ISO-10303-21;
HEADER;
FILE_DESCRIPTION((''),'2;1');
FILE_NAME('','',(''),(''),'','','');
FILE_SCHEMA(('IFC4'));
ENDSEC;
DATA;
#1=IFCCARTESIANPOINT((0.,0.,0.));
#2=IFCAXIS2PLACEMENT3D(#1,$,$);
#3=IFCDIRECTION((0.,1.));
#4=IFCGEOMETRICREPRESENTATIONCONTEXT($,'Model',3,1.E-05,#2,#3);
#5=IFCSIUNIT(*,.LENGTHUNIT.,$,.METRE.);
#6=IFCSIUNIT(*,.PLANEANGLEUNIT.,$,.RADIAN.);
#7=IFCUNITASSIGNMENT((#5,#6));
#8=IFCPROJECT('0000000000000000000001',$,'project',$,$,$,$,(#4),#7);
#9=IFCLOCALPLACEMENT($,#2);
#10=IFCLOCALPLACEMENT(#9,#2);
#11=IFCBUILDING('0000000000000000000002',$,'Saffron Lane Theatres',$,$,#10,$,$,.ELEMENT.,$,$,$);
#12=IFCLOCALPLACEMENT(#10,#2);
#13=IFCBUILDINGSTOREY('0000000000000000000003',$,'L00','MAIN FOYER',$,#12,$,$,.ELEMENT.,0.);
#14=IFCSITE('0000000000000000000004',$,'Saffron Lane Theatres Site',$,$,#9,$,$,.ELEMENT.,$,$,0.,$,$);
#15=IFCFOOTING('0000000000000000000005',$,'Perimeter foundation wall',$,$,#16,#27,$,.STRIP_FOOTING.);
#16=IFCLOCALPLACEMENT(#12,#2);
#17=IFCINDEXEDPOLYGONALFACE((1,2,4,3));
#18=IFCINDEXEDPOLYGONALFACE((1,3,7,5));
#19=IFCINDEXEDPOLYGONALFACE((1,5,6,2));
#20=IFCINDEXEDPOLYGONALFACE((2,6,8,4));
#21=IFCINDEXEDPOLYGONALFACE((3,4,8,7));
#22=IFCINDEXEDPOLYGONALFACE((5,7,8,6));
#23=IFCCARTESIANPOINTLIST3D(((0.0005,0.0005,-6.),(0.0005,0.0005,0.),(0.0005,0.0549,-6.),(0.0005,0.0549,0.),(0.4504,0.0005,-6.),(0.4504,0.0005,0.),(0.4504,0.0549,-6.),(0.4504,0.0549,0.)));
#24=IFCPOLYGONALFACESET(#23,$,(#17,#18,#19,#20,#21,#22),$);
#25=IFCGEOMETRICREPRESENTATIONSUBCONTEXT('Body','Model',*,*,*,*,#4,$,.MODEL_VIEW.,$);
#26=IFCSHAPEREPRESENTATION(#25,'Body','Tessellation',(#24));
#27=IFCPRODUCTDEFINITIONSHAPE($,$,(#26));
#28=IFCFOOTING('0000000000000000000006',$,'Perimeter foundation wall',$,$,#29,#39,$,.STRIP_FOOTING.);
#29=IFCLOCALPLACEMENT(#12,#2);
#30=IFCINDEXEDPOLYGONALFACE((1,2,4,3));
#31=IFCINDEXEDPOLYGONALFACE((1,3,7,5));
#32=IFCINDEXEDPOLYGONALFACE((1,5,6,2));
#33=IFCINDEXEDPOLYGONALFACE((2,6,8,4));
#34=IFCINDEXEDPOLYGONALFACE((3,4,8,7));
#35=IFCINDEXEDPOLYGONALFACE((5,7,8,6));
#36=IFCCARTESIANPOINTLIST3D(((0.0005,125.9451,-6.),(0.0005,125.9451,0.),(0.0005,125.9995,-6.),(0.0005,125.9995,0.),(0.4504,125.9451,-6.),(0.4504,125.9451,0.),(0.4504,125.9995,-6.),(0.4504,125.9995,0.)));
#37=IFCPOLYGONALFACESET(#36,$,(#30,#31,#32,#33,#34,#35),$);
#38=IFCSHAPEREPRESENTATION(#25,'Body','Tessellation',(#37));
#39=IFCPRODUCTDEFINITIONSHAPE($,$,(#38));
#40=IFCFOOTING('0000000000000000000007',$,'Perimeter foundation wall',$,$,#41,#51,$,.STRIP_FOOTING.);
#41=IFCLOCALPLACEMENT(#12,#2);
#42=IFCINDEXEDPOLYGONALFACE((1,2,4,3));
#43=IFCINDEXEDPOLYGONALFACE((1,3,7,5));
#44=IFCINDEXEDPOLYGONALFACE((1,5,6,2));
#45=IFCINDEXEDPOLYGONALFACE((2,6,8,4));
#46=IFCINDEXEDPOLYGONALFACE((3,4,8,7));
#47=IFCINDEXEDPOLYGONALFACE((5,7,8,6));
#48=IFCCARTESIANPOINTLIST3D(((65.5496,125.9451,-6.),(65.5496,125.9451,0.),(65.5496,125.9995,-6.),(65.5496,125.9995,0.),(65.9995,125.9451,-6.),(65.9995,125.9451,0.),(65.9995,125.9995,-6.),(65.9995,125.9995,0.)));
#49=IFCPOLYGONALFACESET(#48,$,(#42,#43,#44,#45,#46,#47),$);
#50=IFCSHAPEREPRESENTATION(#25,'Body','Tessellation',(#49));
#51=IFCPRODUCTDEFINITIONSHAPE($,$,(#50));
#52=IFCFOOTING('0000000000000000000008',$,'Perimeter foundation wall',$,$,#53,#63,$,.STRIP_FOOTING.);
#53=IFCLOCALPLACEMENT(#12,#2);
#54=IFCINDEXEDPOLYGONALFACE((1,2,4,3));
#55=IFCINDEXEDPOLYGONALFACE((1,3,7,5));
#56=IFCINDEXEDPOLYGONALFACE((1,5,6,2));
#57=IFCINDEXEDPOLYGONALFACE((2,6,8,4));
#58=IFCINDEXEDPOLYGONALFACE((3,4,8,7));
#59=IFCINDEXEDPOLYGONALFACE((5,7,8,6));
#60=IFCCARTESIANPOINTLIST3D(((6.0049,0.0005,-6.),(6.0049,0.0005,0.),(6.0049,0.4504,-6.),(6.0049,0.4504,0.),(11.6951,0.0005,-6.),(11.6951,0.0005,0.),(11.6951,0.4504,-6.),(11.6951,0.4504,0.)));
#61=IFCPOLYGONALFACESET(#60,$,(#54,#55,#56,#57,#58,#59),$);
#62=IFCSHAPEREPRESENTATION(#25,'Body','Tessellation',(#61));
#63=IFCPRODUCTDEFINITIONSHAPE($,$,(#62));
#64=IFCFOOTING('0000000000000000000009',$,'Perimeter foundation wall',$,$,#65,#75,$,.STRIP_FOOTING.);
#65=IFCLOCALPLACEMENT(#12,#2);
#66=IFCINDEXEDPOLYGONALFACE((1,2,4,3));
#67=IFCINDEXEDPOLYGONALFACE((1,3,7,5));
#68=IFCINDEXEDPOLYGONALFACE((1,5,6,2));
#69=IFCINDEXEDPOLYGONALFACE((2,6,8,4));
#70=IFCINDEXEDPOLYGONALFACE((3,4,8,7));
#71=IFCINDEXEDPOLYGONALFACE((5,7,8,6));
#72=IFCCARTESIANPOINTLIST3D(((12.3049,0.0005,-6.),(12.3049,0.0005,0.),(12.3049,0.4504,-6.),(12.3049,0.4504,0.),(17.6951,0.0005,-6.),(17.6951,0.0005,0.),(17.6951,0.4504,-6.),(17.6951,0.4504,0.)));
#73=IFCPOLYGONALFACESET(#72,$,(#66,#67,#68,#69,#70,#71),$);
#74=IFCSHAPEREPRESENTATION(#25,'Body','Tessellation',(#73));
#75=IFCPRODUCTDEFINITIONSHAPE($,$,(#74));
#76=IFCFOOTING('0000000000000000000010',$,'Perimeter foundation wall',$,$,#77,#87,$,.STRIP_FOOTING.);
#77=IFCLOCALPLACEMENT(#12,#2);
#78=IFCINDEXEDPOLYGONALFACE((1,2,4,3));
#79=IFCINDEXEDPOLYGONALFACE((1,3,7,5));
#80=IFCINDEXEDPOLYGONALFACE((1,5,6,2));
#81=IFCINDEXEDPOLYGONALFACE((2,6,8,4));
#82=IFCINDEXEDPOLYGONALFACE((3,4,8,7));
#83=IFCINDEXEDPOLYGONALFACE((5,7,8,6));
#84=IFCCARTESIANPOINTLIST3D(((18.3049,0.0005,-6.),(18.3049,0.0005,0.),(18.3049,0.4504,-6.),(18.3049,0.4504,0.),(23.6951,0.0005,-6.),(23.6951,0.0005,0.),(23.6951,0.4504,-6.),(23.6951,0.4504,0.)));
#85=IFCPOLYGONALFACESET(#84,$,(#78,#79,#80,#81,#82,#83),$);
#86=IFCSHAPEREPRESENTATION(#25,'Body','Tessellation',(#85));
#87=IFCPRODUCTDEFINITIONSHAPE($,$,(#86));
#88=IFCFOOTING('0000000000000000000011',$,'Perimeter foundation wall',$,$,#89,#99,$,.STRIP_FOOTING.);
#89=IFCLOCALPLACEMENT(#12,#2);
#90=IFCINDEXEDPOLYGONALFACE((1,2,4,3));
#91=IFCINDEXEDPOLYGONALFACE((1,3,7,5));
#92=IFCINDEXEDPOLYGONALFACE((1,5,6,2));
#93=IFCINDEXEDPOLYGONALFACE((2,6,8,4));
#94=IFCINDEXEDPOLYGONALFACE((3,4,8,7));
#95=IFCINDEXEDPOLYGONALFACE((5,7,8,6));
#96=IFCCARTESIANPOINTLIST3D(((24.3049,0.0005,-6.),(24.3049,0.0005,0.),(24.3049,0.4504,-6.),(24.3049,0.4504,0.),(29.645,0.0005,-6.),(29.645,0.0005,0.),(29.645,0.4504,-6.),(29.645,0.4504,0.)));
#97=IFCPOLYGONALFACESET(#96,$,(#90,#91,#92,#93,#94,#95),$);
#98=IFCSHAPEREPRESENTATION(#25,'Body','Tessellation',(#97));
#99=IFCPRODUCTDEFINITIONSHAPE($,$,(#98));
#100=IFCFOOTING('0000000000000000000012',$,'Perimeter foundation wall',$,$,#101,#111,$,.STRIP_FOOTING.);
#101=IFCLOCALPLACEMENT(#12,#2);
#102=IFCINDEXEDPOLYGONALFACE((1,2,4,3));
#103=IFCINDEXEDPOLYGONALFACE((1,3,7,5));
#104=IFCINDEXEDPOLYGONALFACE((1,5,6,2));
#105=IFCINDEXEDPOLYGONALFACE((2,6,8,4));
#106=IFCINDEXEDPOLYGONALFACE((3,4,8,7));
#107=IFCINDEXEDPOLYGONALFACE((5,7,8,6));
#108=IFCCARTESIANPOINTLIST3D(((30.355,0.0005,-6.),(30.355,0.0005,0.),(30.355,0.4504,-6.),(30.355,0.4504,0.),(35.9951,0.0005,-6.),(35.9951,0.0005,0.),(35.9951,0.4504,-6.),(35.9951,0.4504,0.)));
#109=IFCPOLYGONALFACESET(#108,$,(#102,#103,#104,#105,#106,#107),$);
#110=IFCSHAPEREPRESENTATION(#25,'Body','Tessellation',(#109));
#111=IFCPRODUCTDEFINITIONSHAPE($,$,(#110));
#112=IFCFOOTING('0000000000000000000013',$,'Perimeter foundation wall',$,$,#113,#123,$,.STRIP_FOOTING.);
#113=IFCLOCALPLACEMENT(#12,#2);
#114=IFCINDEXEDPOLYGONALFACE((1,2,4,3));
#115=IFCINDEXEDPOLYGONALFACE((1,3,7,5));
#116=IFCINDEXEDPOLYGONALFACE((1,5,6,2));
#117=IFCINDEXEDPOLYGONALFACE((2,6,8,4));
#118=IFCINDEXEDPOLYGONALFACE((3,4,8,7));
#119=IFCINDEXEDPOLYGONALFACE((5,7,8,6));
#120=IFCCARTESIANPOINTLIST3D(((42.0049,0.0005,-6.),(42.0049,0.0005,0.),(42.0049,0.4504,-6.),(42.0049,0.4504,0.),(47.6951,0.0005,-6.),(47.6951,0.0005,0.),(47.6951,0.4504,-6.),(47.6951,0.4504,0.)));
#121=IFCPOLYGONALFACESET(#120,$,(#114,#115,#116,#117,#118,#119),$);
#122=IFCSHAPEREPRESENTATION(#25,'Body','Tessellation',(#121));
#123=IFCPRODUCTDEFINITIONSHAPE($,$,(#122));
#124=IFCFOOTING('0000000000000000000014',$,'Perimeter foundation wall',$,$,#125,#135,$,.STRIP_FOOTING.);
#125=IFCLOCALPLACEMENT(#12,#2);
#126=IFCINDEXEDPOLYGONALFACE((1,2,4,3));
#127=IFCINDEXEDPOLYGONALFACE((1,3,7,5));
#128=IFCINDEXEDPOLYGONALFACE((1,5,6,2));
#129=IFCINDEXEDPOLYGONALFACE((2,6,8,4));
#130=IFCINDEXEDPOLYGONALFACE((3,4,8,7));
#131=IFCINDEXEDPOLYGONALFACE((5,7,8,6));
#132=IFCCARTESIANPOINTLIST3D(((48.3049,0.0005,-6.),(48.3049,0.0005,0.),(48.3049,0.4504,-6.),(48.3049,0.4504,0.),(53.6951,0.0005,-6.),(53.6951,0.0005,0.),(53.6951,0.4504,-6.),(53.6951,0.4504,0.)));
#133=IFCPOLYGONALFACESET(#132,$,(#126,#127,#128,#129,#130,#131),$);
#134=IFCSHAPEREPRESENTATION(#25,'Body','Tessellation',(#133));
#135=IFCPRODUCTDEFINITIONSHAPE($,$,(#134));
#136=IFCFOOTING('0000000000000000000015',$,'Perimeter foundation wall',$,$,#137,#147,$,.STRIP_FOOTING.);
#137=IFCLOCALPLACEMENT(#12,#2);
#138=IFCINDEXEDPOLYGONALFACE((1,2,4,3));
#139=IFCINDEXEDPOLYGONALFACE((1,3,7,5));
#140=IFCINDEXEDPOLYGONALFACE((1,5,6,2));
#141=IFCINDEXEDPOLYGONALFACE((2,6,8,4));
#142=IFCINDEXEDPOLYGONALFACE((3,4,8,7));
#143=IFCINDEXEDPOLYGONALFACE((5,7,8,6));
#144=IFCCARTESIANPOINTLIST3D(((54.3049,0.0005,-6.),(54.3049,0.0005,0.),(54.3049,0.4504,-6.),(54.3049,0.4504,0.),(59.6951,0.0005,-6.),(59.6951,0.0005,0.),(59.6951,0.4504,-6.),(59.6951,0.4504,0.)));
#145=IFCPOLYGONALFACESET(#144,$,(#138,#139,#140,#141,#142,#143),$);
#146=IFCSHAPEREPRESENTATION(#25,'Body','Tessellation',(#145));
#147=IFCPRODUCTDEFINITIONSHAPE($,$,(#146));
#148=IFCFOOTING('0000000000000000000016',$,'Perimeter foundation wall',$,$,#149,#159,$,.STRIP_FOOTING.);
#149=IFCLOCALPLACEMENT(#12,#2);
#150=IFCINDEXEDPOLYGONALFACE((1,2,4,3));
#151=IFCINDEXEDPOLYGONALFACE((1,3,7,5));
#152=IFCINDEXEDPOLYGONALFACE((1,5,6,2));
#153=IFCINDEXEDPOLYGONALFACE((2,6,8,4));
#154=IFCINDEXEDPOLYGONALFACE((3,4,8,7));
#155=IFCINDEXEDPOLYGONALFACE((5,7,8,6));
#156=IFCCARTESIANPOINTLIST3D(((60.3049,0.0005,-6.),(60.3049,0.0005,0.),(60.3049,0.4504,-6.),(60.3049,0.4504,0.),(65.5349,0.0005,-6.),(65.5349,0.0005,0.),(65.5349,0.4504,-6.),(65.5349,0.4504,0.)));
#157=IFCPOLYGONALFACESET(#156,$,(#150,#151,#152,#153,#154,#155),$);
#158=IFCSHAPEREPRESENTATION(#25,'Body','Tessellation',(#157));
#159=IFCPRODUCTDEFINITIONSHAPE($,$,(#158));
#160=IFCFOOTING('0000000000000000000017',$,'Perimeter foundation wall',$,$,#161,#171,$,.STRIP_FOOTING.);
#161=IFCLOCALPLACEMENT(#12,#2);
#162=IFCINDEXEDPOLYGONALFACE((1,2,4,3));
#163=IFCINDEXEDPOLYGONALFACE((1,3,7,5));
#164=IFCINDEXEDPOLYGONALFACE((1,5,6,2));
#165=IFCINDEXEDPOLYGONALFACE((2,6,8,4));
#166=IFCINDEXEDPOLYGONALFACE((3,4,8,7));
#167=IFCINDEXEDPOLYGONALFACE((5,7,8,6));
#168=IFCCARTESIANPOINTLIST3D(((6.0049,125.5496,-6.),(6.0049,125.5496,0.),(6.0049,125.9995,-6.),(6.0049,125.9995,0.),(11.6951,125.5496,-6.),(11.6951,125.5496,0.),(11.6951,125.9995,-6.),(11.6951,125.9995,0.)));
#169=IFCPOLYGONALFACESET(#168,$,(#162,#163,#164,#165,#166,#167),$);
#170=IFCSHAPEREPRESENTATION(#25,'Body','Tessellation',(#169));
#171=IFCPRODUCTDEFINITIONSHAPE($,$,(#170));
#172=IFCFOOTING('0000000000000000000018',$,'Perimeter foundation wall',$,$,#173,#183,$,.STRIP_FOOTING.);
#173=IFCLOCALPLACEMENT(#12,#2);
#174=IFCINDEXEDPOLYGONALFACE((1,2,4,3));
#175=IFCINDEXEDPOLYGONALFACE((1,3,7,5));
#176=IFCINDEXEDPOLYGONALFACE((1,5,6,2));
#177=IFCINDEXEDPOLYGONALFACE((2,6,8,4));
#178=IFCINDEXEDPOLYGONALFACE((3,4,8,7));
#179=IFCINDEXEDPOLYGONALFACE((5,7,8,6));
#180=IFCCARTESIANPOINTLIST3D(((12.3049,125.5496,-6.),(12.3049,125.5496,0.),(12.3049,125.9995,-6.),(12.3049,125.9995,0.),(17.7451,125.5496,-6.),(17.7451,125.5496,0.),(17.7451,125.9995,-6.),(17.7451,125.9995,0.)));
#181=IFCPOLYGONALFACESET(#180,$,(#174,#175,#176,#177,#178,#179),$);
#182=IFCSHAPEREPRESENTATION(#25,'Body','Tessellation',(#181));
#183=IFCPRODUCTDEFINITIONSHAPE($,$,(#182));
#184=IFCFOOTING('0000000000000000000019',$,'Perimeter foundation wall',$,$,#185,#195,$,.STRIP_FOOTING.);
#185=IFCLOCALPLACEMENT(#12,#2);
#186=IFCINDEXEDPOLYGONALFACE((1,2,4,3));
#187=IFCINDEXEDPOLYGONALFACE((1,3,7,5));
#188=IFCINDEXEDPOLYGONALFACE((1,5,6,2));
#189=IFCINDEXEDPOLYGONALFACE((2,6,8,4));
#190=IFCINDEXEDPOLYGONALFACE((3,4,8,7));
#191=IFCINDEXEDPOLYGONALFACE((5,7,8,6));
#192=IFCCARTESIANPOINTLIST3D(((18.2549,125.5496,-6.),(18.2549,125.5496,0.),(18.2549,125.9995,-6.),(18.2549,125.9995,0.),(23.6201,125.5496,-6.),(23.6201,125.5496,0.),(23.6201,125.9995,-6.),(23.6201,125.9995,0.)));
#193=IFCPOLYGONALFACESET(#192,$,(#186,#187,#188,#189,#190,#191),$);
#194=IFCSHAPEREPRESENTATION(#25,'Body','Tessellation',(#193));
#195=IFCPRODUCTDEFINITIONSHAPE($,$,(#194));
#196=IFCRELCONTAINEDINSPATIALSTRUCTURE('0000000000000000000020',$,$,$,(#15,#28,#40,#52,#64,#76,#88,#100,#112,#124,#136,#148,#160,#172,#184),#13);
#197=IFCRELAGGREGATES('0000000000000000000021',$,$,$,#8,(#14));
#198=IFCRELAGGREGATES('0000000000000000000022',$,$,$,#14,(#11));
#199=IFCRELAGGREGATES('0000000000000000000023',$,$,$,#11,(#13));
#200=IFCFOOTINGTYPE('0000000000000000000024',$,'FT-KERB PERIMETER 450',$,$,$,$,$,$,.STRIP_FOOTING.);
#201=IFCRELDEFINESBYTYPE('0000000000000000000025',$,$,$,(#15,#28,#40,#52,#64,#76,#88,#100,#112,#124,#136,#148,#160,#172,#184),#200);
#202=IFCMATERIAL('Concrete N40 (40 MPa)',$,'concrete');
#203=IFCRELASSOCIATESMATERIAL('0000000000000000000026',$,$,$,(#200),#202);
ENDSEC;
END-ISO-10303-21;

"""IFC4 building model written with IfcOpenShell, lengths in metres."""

from ifc_helpers import new_model, si_unit, direction, frame, origin, place, context, subcontext, project, spatial, polyline, outline, extrude, material, type_object, element, save


model = new_model("IFC4")

# Units and contexts
model_context = context("Model", 3, precision=1e-05, world=origin(), true_north=direction((0.0, 1.0)))
body_context = subcontext(model_context, "Body", "Model", "MODEL_VIEW")
ifc_project = project(units=[si_unit("LENGTHUNIT", "METRE"), si_unit("PLANEANGLEUNIT", "RADIAN")], contexts=[model_context])

# Site, building, storey
site_placement = place(None, origin())
site = spatial("IfcSite", under=ifc_project, at=site_placement, Name="Saffron Lane Theatres Site", CompositionType="ELEMENT", RefElevation=0.0)
building_placement = place(site_placement, origin())
building = spatial("IfcBuilding", under=site, at=building_placement, Name="Saffron Lane Theatres", CompositionType="ELEMENT")
storey_placement = place(building_placement, origin())
storey = spatial("IfcBuildingStorey", under=building, at=storey_placement, Name="L00", Description="MAIN FOYER", CompositionType="ELEMENT", Elevation=0.0)

# Footings
ifc_material_1 = material(Name="Concrete N40 (40 MPa)", Category="concrete")
footing_type_1 = type_object("IfcFootingType", Name="FT-KERB PERIMETER 450", PredefinedType="STRIP_FOOTING", material=ifc_material_1)
footing_1_placement = place(storey_placement, frame((0.0, 0.0, -6.0)))
element("IfcFooting", 1, at=footing_1_placement, inside=storey, type_object=footing_type_1, Name="Perimeter foundation wall", PredefinedType="STRIP_FOOTING", context=body_context, shape_type="SweptSolid", body=[
    extrude(outline(polyline([(0.4504, 0.0549), (0.0005, 0.0549), (0.0005, 0.0005), (0.4504, 0.0005), (0.4504, 0.0549)])), origin(), (0.0, 0.0, 1.0), 6.0),
])
footing_2_placement = place(storey_placement, frame((0.0, 0.0, -6.0)))
element("IfcFooting", 2, at=footing_2_placement, inside=storey, type_object=footing_type_1, Name="Perimeter foundation wall", PredefinedType="STRIP_FOOTING", context=body_context, shape_type="SweptSolid", body=[
    extrude(outline(polyline([(0.4504, 125.9451), (0.4504, 125.9995), (0.0005, 125.9995), (0.0005, 125.9451), (0.4504, 125.9451)])), origin(), (0.0, 0.0, 1.0), 6.0),
])
footing_3_placement = place(storey_placement, frame((0.0, 0.0, -6.0)))
element("IfcFooting", 3, at=footing_3_placement, inside=storey, type_object=footing_type_1, Name="Perimeter foundation wall", PredefinedType="STRIP_FOOTING", context=body_context, shape_type="SweptSolid", body=[
    extrude(outline(polyline([(65.9995, 125.9451), (65.9995, 125.9995), (65.5496, 125.9995), (65.5496, 125.9451), (65.9995, 125.9451)])), origin(), (0.0, 0.0, 1.0), 6.0),
])
footing_4_placement = place(storey_placement, frame((0.0, 0.0, -6.0)))
element("IfcFooting", 4, at=footing_4_placement, inside=storey, type_object=footing_type_1, Name="Perimeter foundation wall", PredefinedType="STRIP_FOOTING", context=body_context, shape_type="SweptSolid", body=[
    extrude(outline(polyline([(6.0049, 0.4504), (6.0049, 0.0005), (11.6951, 0.0005), (11.6951, 0.4504), (6.0049, 0.4504)])), origin(), (0.0, 0.0, 1.0), 6.0),
])
footing_5_placement = place(storey_placement, frame((0.0, 0.0, -6.0)))
element("IfcFooting", 5, at=footing_5_placement, inside=storey, type_object=footing_type_1, Name="Perimeter foundation wall", PredefinedType="STRIP_FOOTING", context=body_context, shape_type="SweptSolid", body=[
    extrude(outline(polyline([(12.3049, 0.4504), (12.3049, 0.0005), (17.6951, 0.0005), (17.6951, 0.4504), (12.3049, 0.4504)])), origin(), (0.0, 0.0, 1.0), 6.0),
])
footing_6_placement = place(storey_placement, frame((0.0, 0.0, -6.0)))
element("IfcFooting", 6, at=footing_6_placement, inside=storey, type_object=footing_type_1, Name="Perimeter foundation wall", PredefinedType="STRIP_FOOTING", context=body_context, shape_type="SweptSolid", body=[
    extrude(outline(polyline([(18.3049, 0.4504), (18.3049, 0.0005), (23.6951, 0.0005), (23.6951, 0.4504), (18.3049, 0.4504)])), origin(), (0.0, 0.0, 1.0), 6.0),
])
footing_7_placement = place(storey_placement, frame((0.0, 0.0, -6.0)))
element("IfcFooting", 7, at=footing_7_placement, inside=storey, type_object=footing_type_1, Name="Perimeter foundation wall", PredefinedType="STRIP_FOOTING", context=body_context, shape_type="SweptSolid", body=[
    extrude(outline(polyline([(24.3049, 0.4504), (24.3049, 0.0005), (29.645, 0.0005), (29.645, 0.4504), (24.3049, 0.4504)])), origin(), (0.0, 0.0, 1.0), 6.0),
])
footing_8_placement = place(storey_placement, frame((0.0, 0.0, -6.0)))
element("IfcFooting", 8, at=footing_8_placement, inside=storey, type_object=footing_type_1, Name="Perimeter foundation wall", PredefinedType="STRIP_FOOTING", context=body_context, shape_type="SweptSolid", body=[
    extrude(outline(polyline([(30.355, 0.4504), (30.355, 0.0005), (35.9951, 0.0005), (35.9951, 0.4504), (30.355, 0.4504)])), origin(), (0.0, 0.0, 1.0), 6.0),
])
footing_9_placement = place(storey_placement, frame((0.0, 0.0, -6.0)))
element("IfcFooting", 9, at=footing_9_placement, inside=storey, type_object=footing_type_1, Name="Perimeter foundation wall", PredefinedType="STRIP_FOOTING", context=body_context, shape_type="SweptSolid", body=[
    extrude(outline(polyline([(42.0049, 0.4504), (42.0049, 0.0005), (47.6951, 0.0005), (47.6951, 0.4504), (42.0049, 0.4504)])), origin(), (0.0, 0.0, 1.0), 6.0),
])
footing_10_placement = place(storey_placement, frame((0.0, 0.0, -6.0)))
element("IfcFooting", 10, at=footing_10_placement, inside=storey, type_object=footing_type_1, Name="Perimeter foundation wall", PredefinedType="STRIP_FOOTING", context=body_context, shape_type="SweptSolid", body=[
    extrude(outline(polyline([(48.3049, 0.4504), (48.3049, 0.0005), (53.6951, 0.0005), (53.6951, 0.4504), (48.3049, 0.4504)])), origin(), (0.0, 0.0, 1.0), 6.0),
])
footing_11_placement = place(storey_placement, frame((0.0, 0.0, -6.0)))
element("IfcFooting", 11, at=footing_11_placement, inside=storey, type_object=footing_type_1, Name="Perimeter foundation wall", PredefinedType="STRIP_FOOTING", context=body_context, shape_type="SweptSolid", body=[
    extrude(outline(polyline([(54.3049, 0.4504), (54.3049, 0.0005), (59.6951, 0.0005), (59.6951, 0.4504), (54.3049, 0.4504)])), origin(), (0.0, 0.0, 1.0), 6.0),
])
footing_12_placement = place(storey_placement, frame((0.0, 0.0, -6.0)))
element("IfcFooting", 12, at=footing_12_placement, inside=storey, type_object=footing_type_1, Name="Perimeter foundation wall", PredefinedType="STRIP_FOOTING", context=body_context, shape_type="SweptSolid", body=[
    extrude(outline(polyline([(60.3049, 0.4504), (60.3049, 0.0005), (65.5349, 0.0005), (65.5349, 0.4504), (60.3049, 0.4504)])), origin(), (0.0, 0.0, 1.0), 6.0),
])
footing_13_placement = place(storey_placement, frame((0.0, 0.0, -6.0)))
element("IfcFooting", 13, at=footing_13_placement, inside=storey, type_object=footing_type_1, Name="Perimeter foundation wall", PredefinedType="STRIP_FOOTING", context=body_context, shape_type="SweptSolid", body=[
    extrude(outline(polyline([(11.6951, 125.5496), (11.6951, 125.9995), (6.0049, 125.9995), (6.0049, 125.5496), (11.6951, 125.5496)])), origin(), (0.0, 0.0, 1.0), 6.0),
])
footing_14_placement = place(storey_placement, frame((0.0, 0.0, -6.0)))
element("IfcFooting", 14, at=footing_14_placement, inside=storey, type_object=footing_type_1, Name="Perimeter foundation wall", PredefinedType="STRIP_FOOTING", context=body_context, shape_type="SweptSolid", body=[
    extrude(outline(polyline([(17.7451, 125.5496), (17.7451, 125.9995), (12.3049, 125.9995), (12.3049, 125.5496), (17.7451, 125.5496)])), origin(), (0.0, 0.0, 1.0), 6.0),
])
footing_15_placement = place(storey_placement, frame((0.0, 0.0, -6.0)))
element("IfcFooting", 15, at=footing_15_placement, inside=storey, type_object=footing_type_1, Name="Perimeter foundation wall", PredefinedType="STRIP_FOOTING", context=body_context, shape_type="SweptSolid", body=[
    extrude(outline(polyline([(23.6201, 125.5496), (23.6201, 125.9995), (18.2549, 125.9995), (18.2549, 125.5496), (23.6201, 125.5496)])), origin(), (0.0, 0.0, 1.0), 6.0),
])

save(model, "model.ifc")
